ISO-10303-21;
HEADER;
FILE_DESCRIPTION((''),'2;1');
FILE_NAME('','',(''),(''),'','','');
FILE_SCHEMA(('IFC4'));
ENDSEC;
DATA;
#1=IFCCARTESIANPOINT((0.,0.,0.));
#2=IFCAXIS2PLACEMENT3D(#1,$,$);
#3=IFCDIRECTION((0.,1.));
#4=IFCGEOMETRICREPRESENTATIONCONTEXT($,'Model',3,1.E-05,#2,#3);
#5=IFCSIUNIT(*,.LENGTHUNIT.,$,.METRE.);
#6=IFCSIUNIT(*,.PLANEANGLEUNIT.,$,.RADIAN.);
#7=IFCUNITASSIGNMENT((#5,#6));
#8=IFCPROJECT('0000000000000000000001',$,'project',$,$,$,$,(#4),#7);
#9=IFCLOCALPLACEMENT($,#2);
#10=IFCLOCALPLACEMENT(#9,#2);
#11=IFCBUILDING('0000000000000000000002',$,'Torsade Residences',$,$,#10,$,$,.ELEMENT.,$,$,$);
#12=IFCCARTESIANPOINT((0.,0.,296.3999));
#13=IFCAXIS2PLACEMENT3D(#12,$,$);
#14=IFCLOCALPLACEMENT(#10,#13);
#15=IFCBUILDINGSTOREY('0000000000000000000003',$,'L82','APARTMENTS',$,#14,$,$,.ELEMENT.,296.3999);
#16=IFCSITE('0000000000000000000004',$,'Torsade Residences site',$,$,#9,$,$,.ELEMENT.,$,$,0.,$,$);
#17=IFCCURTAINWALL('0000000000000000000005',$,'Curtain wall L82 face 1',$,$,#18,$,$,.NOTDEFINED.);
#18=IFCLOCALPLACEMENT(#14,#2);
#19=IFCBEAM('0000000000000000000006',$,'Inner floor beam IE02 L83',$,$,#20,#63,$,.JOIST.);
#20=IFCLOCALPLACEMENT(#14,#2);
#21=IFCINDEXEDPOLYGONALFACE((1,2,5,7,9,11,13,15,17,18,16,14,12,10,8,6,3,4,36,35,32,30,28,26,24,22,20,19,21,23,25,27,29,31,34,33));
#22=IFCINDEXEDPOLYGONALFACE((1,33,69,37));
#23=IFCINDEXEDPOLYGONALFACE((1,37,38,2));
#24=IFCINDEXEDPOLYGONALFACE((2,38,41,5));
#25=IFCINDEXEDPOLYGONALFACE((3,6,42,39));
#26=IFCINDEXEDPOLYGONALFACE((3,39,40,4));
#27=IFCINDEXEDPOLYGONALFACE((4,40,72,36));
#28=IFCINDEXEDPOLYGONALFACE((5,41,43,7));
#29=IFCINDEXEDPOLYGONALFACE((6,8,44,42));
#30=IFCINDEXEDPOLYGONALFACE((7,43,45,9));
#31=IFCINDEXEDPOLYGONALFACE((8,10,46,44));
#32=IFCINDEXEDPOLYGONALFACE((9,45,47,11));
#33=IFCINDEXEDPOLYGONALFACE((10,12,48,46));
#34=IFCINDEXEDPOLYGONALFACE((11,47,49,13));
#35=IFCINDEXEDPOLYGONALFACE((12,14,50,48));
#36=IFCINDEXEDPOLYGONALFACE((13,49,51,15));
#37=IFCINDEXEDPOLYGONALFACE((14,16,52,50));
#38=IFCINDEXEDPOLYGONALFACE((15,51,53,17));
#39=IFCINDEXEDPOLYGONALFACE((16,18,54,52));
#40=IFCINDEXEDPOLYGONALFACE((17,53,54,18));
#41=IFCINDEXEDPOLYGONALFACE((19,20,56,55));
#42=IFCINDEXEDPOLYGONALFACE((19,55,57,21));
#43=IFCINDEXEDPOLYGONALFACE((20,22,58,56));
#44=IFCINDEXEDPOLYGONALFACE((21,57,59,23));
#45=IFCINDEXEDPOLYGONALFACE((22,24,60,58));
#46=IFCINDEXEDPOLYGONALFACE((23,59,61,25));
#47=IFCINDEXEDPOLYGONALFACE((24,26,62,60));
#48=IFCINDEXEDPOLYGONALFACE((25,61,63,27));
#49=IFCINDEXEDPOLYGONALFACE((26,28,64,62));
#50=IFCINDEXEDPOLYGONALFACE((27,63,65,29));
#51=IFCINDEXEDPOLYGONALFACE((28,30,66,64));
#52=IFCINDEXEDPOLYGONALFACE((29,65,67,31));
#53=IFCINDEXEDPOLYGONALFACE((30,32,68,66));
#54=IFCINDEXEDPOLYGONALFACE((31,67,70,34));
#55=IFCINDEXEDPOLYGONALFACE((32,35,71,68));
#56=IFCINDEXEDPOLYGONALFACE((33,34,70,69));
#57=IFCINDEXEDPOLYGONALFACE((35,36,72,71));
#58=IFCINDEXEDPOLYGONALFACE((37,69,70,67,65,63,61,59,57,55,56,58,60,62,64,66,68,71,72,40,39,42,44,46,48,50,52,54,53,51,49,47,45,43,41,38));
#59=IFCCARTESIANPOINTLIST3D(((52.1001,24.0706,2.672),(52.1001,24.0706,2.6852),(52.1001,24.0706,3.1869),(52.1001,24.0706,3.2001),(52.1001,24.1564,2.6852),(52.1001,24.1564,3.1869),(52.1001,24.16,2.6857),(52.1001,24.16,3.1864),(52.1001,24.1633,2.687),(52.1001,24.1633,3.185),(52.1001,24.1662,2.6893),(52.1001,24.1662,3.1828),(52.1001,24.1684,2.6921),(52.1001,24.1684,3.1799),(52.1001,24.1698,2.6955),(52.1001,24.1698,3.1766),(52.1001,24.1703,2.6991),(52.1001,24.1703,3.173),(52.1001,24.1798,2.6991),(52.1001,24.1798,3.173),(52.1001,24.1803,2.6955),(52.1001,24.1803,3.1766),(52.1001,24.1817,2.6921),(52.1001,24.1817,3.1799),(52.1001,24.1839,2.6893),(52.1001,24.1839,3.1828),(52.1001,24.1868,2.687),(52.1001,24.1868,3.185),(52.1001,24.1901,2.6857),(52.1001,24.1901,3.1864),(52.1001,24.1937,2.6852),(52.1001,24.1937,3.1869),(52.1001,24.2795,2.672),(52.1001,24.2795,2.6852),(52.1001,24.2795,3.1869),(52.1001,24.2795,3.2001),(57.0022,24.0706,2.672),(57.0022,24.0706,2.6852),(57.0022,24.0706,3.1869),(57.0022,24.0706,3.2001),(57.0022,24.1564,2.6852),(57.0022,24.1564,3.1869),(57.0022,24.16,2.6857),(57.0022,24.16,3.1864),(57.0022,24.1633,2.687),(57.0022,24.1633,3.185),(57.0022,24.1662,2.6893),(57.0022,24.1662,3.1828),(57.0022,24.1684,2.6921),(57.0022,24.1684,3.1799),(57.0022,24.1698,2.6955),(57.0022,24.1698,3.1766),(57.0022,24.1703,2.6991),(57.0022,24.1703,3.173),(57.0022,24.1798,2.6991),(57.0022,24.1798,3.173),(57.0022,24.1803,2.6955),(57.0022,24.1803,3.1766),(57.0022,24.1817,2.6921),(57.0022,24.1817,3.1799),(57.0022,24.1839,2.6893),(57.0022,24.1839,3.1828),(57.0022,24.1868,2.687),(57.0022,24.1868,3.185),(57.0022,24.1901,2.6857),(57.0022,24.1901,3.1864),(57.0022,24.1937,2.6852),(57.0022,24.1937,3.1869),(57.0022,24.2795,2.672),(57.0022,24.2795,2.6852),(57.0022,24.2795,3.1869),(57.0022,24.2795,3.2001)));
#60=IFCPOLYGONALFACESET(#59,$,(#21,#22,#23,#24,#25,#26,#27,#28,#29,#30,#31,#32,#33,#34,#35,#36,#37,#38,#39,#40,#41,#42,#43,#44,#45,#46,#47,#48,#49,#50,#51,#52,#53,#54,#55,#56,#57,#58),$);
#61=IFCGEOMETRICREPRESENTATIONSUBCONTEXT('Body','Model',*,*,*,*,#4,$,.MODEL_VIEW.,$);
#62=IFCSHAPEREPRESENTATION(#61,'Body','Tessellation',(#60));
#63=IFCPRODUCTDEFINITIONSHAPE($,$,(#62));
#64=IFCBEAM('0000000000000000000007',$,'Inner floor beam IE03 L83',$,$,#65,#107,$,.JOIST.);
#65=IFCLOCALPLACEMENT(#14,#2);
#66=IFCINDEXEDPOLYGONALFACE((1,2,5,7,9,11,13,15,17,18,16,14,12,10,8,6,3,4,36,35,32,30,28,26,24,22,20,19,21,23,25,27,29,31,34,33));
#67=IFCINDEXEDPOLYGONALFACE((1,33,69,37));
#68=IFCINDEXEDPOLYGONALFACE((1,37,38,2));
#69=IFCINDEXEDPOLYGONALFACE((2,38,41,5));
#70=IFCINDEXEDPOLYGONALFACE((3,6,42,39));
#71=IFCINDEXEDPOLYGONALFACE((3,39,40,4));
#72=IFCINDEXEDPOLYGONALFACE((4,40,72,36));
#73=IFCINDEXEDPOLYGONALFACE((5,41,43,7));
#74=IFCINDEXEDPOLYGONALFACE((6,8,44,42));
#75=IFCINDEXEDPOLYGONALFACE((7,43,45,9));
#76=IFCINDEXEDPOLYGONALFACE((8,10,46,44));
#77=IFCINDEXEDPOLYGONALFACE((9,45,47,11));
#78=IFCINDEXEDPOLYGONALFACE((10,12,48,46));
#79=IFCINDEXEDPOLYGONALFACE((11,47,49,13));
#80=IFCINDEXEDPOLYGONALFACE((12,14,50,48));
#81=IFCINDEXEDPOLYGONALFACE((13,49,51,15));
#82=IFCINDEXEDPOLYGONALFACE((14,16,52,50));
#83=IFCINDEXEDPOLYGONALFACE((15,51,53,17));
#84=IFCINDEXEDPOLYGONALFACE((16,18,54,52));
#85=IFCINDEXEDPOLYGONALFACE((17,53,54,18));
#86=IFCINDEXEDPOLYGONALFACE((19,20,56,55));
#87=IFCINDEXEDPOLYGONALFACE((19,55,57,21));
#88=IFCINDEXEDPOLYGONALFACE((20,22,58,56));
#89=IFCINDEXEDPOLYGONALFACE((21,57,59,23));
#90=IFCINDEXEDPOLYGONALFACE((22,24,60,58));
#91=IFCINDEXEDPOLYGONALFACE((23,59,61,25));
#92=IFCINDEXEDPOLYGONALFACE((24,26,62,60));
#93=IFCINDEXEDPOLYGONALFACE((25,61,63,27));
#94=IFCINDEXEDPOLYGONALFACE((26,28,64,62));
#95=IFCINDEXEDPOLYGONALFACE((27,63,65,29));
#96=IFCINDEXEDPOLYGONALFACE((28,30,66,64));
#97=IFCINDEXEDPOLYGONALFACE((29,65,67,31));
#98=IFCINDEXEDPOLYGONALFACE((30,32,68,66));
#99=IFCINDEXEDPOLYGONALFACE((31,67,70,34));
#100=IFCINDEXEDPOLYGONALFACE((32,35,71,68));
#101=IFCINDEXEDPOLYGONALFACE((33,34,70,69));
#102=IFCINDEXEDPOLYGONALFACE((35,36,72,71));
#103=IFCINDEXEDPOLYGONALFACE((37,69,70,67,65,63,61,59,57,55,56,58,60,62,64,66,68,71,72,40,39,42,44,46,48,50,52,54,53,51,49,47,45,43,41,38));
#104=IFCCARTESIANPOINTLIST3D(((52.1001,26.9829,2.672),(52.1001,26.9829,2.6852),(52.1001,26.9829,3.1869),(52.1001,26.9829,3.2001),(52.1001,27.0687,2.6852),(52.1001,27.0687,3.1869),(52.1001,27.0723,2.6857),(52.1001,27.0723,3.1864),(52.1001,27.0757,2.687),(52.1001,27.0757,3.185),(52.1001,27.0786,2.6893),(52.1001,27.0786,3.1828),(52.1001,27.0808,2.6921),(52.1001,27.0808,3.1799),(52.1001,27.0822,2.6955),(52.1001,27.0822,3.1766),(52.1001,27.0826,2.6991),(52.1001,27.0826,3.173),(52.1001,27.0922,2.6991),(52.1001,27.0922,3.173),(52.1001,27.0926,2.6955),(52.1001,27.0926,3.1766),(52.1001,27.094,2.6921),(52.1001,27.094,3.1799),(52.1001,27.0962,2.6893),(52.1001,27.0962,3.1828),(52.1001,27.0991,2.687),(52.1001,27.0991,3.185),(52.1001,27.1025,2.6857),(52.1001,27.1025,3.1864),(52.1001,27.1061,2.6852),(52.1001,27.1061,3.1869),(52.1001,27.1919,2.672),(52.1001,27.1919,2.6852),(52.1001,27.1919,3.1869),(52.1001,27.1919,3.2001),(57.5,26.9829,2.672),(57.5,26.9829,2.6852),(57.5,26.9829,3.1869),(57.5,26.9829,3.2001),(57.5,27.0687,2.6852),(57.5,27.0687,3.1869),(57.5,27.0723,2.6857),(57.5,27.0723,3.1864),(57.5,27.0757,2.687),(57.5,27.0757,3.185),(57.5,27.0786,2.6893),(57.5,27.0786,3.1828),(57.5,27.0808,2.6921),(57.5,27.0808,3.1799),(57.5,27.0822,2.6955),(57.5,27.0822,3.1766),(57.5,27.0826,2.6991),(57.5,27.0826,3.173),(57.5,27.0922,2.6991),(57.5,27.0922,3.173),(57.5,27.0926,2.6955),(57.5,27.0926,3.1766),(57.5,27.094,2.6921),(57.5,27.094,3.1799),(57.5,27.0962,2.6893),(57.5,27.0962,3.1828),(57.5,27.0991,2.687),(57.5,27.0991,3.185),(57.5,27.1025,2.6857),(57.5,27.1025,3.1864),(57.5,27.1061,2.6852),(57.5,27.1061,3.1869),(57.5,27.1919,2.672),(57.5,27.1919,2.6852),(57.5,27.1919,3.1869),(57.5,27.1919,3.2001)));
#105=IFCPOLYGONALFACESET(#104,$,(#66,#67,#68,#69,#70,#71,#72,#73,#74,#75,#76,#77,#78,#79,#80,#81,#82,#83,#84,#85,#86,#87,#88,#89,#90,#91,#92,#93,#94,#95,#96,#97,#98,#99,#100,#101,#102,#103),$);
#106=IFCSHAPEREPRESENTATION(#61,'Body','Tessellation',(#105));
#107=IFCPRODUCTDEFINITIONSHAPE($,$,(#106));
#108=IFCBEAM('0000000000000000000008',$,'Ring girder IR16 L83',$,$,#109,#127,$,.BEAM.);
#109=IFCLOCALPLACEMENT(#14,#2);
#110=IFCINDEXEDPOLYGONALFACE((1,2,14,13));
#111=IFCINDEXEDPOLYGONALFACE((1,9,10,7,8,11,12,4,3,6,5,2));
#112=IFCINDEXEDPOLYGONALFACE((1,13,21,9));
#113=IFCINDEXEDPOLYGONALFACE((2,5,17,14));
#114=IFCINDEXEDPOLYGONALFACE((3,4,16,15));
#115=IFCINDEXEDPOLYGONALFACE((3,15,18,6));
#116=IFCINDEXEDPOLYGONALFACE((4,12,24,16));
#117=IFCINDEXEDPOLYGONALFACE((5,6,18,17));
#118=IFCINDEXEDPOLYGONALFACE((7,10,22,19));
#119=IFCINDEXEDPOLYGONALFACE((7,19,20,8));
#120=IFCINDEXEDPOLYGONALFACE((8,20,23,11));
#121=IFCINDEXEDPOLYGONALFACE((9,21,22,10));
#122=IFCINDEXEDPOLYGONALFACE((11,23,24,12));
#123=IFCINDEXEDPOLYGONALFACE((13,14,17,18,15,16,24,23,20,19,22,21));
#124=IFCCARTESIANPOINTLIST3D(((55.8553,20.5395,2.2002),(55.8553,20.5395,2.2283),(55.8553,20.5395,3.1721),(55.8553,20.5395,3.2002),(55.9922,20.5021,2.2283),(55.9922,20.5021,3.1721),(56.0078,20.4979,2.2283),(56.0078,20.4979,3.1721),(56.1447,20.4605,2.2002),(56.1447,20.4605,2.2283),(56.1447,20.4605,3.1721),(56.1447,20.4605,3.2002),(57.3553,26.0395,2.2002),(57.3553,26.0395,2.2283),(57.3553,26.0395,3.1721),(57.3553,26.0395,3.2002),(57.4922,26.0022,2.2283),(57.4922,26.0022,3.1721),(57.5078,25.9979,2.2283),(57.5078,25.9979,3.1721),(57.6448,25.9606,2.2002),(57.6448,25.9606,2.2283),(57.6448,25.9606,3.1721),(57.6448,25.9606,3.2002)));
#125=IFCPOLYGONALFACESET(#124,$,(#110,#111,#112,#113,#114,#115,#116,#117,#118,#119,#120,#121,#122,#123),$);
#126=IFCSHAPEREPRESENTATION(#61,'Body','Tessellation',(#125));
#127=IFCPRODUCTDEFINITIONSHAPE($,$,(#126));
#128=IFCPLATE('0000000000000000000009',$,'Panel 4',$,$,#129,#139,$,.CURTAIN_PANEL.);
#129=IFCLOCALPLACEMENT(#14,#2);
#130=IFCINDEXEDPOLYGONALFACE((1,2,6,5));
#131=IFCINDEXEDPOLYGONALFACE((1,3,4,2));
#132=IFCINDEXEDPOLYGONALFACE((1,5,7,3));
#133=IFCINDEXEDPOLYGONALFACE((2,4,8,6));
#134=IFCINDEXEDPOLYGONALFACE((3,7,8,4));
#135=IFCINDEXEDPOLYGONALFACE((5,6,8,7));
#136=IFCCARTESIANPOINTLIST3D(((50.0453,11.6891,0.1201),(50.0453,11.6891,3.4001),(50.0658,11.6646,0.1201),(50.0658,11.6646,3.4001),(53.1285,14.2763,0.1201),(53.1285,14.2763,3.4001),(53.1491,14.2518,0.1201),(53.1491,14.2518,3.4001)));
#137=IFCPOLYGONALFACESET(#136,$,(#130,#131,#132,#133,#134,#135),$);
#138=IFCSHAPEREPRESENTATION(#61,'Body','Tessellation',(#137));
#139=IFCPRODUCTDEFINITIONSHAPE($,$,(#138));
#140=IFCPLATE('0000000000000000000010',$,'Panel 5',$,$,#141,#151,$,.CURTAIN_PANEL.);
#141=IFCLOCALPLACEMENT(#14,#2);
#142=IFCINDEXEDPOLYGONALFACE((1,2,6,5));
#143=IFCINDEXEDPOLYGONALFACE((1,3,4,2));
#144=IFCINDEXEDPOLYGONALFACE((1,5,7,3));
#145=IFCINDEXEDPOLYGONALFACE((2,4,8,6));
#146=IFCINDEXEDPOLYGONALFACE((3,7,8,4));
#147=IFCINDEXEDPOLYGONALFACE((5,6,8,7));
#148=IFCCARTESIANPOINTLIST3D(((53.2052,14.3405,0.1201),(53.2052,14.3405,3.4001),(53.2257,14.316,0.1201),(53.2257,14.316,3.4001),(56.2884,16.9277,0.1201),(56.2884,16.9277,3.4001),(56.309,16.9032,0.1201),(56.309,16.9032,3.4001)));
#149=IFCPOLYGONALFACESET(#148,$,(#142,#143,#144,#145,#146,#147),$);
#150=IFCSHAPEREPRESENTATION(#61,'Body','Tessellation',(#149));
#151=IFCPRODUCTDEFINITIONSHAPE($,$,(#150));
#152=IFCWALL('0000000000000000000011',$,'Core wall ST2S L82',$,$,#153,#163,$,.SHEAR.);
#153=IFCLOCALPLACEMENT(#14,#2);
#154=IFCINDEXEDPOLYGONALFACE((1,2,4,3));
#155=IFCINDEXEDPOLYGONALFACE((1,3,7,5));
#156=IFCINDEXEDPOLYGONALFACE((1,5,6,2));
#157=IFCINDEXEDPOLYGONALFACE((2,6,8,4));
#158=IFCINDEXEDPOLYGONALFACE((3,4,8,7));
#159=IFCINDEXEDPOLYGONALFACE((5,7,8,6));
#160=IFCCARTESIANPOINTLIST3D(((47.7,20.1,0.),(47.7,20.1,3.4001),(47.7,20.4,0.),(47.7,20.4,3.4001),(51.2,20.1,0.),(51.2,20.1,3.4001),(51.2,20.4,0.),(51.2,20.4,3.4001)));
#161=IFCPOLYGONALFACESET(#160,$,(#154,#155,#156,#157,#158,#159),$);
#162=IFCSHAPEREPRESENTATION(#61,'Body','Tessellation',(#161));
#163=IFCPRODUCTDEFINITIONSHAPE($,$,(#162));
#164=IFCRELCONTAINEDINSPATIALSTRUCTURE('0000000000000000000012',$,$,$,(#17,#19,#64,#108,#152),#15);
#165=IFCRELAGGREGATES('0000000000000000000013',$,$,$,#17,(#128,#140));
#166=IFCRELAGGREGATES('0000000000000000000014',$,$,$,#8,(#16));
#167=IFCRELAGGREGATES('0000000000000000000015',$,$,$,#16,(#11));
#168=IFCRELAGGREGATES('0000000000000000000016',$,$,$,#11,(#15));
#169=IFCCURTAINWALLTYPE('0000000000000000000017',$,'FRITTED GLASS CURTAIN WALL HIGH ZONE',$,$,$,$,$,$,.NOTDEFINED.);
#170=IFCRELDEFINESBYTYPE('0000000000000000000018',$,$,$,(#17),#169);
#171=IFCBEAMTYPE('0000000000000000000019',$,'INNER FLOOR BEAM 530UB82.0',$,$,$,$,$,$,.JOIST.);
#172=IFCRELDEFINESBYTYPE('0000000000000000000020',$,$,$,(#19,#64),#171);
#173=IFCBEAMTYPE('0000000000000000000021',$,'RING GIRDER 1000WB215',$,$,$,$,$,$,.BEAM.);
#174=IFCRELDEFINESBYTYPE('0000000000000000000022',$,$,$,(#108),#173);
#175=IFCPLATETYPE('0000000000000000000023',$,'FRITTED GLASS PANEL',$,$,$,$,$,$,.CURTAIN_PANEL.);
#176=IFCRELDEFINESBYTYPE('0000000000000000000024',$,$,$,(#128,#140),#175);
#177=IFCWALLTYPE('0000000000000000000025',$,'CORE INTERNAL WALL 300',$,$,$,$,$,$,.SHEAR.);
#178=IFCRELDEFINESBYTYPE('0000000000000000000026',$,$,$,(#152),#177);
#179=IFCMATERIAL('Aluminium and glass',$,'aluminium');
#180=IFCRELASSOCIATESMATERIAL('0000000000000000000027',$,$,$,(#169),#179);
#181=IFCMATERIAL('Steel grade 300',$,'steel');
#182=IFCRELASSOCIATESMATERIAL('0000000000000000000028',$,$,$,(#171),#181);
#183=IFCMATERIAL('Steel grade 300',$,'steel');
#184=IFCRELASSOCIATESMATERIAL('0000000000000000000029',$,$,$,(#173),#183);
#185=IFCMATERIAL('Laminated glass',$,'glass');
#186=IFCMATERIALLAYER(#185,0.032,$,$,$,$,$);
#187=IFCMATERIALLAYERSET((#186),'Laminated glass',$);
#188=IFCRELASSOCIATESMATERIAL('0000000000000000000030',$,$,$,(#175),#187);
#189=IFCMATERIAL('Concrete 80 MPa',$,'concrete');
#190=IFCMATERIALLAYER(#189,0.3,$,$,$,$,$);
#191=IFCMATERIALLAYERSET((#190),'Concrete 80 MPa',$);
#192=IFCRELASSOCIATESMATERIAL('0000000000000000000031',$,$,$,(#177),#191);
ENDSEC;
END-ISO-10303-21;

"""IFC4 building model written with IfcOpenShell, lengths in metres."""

from ifc_helpers import new_model, si_unit, direction, frame, frame_2d, origin, origin_2d, place, context, subcontext, project, spatial, rectangle, i_section, extrude, material, layer, layer_set, material_profile, profile_set, type_object, element, aggregate, save


model = new_model("IFC4")

# Units and contexts
model_context = context("Model", 3, precision=1e-05, world=origin(), true_north=direction((0.0, 1.0)))
body_context = subcontext(model_context, "Body", "Model", "MODEL_VIEW")
ifc_project = project(units=[si_unit("LENGTHUNIT", "METRE"), si_unit("PLANEANGLEUNIT", "RADIAN")], contexts=[model_context])

# Site, building, storey
site_placement = place(None, origin())
site = spatial("IfcSite", under=ifc_project, at=site_placement, Name="Torsade Residences site", CompositionType="ELEMENT", RefElevation=0.0)
building_placement = place(site_placement, origin())
building = spatial("IfcBuilding", under=site, at=building_placement, Name="Torsade Residences", CompositionType="ELEMENT")
storey_placement = place(building_placement, frame((0.0, 0.0, 296.3999)))
storey = spatial("IfcBuildingStorey", under=building, at=storey_placement, Name="L82", Description="APARTMENTS", CompositionType="ELEMENT", Elevation=296.3999)

# Curtain wall
ifc_material_1 = material(Name="Aluminium and glass", Category="aluminium")
curtain_wall_type = type_object("IfcCurtainWallType", Name="FRITTED GLASS CURTAIN WALL HIGH ZONE", PredefinedType="NOTDEFINED", material=ifc_material_1)
curtain_wall_placement = place(storey_placement, origin())
curtain_wall = element("IfcCurtainWall", 1, at=curtain_wall_placement, inside=storey, type_object=curtain_wall_type, Name="Curtain wall L82 face 1", PredefinedType="NOTDEFINED")

# Beams
ifc_material_2 = material(Name="Steel grade 300", Category="steel")
ifc_material_profile_1 = material_profile(ifc_material_2, i_section(OverallWidth=0.209, OverallDepth=0.5281, WebThickness=0.0095, FlangeThickness=0.0132, FilletRadius=0.0139, at=origin_2d()), Name="530UB82.0")
ifc_profile_set_1 = profile_set([ifc_material_profile_1], Name="Steel grade 300")
beam_type_1 = type_object("IfcBeamType", Name="INNER FLOOR BEAM 530UB82.0", PredefinedType="JOIST", material=ifc_profile_set_1)
beam_1_placement = place(storey_placement, frame((52.1001, 24.175, 2.936), z_axis=(1.0, 0.0, 0.0), x_axis=(0.0, 1.0, 0.0)))
element("IfcBeam", 2, at=beam_1_placement, inside=storey, type_object=beam_type_1, Name="Inner floor beam IE02 L83", PredefinedType="JOIST", context=body_context, shape_type="SweptSolid", body=[
    extrude(i_section(OverallWidth=0.209, OverallDepth=0.5281, WebThickness=0.0095, FlangeThickness=0.0132, FilletRadius=0.0139, at=origin_2d()), origin(), (0.0, 0.0, 1.0), 4.9021),
])
beam_2_placement = place(storey_placement, frame((52.1001, 27.0874, 2.936), z_axis=(1.0, 0.0, 0.0), x_axis=(0.0, 1.0, 0.0)))
element("IfcBeam", 3, at=beam_2_placement, inside=storey, type_object=beam_type_1, Name="Inner floor beam IE03 L83", PredefinedType="JOIST", context=body_context, shape_type="SweptSolid", body=[
    extrude(i_section(OverallWidth=0.209, OverallDepth=0.5281, WebThickness=0.0095, FlangeThickness=0.0132, FilletRadius=0.0139, at=origin_2d()), origin(), (0.0, 0.0, 1.0), 5.3999),
])
ifc_material_3 = material(Name="Steel grade 300", Category="steel")
ifc_material_profile_2 = material_profile(ifc_material_3, i_section(OverallWidth=0.3, OverallDepth=1.0, WebThickness=0.0161, FlangeThickness=0.0281, at=origin_2d()), Name="1000WB215")
ifc_profile_set_2 = profile_set([ifc_material_profile_2], Name="Steel grade 300")
beam_type_2 = type_object("IfcBeamType", Name="RING GIRDER 1000WB215", PredefinedType="BEAM", material=ifc_profile_set_2)
beam_3_placement = place(storey_placement, frame((56.0, 20.5, 2.7002), z_axis=(0.263117, 0.964764, 0.0), x_axis=(-0.964764, 0.263117, 0.0)))
element("IfcBeam", 4, at=beam_3_placement, inside=storey, type_object=beam_type_2, Name="Ring girder IR16 L83", PredefinedType="BEAM", context=body_context, shape_type="SweptSolid", body=[
    extrude(i_section(OverallWidth=0.3, OverallDepth=1.0, WebThickness=0.0161, FlangeThickness=0.0281, at=origin_2d()), origin(), (0.0, 0.0, 1.0), 5.7009),
])

# Plates
ifc_material_4 = material(Name="Laminated glass", Category="glass")
ifc_layer_1 = layer(ifc_material_4, 0.032)
ifc_layer_set_1 = layer_set([ifc_layer_1], Name="Laminated glass")
plate_type = type_object("IfcPlateType", Name="FRITTED GLASS PANEL", PredefinedType="CURTAIN_PANEL", material=ifc_layer_set_1)
plate_1_placement = place(storey_placement, frame((51.5972, 12.9705, 0.1201), z_axis=(0.0, 0.0, 1.0), x_axis=(0.766044, 0.642788, 0.0)))
plate_1 = element("IfcPlate", 5, at=plate_1_placement, type_object=plate_type, Name="Panel 4", PredefinedType="CURTAIN_PANEL", context=body_context, shape_type="SweptSolid", body=[
    extrude(rectangle(XDim=4.0249, YDim=0.032, at=origin_2d()), origin(), (0.0, 0.0, 1.0), 3.28),
])
plate_2_placement = place(storey_placement, frame((54.7571, 15.6218, 0.1201), z_axis=(0.0, 0.0, 1.0), x_axis=(0.766044, 0.642788, 0.0)))
plate_2 = element("IfcPlate", 6, at=plate_2_placement, type_object=plate_type, Name="Panel 5", PredefinedType="CURTAIN_PANEL", context=body_context, shape_type="SweptSolid", body=[
    extrude(rectangle(XDim=4.0249, YDim=0.032, at=origin_2d()), origin(), (0.0, 0.0, 1.0), 3.28),
])
aggregate(curtain_wall, [plate_1, plate_2])

# Wall
ifc_material_5 = material(Name="Concrete 80 MPa", Category="concrete")
ifc_layer_2 = layer(ifc_material_5, 0.3)
ifc_layer_set_2 = layer_set([ifc_layer_2], Name="Concrete 80 MPa")
wall_type_1 = type_object("IfcWallType", Name="CORE INTERNAL WALL 300", PredefinedType="SHEAR", material=ifc_layer_set_2)
wall_1_placement = place(storey_placement, frame((51.2, 20.25, 0.0), z_axis=(0.0, 0.0, 1.0), x_axis=(-1.0, 0.0, 0.0)))
element("IfcWall", 7, at=wall_1_placement, inside=storey, type_object=wall_type_1, Name="Core wall ST2S L82", PredefinedType="SHEAR", context=body_context, shape_type="SweptSolid", body=[
    extrude(rectangle(XDim=3.5, YDim=0.3, at=frame_2d((1.75, 0.0))), origin(), (0.0, 0.0, 1.0), 3.4001),
])

save(model, "model.ifc")
